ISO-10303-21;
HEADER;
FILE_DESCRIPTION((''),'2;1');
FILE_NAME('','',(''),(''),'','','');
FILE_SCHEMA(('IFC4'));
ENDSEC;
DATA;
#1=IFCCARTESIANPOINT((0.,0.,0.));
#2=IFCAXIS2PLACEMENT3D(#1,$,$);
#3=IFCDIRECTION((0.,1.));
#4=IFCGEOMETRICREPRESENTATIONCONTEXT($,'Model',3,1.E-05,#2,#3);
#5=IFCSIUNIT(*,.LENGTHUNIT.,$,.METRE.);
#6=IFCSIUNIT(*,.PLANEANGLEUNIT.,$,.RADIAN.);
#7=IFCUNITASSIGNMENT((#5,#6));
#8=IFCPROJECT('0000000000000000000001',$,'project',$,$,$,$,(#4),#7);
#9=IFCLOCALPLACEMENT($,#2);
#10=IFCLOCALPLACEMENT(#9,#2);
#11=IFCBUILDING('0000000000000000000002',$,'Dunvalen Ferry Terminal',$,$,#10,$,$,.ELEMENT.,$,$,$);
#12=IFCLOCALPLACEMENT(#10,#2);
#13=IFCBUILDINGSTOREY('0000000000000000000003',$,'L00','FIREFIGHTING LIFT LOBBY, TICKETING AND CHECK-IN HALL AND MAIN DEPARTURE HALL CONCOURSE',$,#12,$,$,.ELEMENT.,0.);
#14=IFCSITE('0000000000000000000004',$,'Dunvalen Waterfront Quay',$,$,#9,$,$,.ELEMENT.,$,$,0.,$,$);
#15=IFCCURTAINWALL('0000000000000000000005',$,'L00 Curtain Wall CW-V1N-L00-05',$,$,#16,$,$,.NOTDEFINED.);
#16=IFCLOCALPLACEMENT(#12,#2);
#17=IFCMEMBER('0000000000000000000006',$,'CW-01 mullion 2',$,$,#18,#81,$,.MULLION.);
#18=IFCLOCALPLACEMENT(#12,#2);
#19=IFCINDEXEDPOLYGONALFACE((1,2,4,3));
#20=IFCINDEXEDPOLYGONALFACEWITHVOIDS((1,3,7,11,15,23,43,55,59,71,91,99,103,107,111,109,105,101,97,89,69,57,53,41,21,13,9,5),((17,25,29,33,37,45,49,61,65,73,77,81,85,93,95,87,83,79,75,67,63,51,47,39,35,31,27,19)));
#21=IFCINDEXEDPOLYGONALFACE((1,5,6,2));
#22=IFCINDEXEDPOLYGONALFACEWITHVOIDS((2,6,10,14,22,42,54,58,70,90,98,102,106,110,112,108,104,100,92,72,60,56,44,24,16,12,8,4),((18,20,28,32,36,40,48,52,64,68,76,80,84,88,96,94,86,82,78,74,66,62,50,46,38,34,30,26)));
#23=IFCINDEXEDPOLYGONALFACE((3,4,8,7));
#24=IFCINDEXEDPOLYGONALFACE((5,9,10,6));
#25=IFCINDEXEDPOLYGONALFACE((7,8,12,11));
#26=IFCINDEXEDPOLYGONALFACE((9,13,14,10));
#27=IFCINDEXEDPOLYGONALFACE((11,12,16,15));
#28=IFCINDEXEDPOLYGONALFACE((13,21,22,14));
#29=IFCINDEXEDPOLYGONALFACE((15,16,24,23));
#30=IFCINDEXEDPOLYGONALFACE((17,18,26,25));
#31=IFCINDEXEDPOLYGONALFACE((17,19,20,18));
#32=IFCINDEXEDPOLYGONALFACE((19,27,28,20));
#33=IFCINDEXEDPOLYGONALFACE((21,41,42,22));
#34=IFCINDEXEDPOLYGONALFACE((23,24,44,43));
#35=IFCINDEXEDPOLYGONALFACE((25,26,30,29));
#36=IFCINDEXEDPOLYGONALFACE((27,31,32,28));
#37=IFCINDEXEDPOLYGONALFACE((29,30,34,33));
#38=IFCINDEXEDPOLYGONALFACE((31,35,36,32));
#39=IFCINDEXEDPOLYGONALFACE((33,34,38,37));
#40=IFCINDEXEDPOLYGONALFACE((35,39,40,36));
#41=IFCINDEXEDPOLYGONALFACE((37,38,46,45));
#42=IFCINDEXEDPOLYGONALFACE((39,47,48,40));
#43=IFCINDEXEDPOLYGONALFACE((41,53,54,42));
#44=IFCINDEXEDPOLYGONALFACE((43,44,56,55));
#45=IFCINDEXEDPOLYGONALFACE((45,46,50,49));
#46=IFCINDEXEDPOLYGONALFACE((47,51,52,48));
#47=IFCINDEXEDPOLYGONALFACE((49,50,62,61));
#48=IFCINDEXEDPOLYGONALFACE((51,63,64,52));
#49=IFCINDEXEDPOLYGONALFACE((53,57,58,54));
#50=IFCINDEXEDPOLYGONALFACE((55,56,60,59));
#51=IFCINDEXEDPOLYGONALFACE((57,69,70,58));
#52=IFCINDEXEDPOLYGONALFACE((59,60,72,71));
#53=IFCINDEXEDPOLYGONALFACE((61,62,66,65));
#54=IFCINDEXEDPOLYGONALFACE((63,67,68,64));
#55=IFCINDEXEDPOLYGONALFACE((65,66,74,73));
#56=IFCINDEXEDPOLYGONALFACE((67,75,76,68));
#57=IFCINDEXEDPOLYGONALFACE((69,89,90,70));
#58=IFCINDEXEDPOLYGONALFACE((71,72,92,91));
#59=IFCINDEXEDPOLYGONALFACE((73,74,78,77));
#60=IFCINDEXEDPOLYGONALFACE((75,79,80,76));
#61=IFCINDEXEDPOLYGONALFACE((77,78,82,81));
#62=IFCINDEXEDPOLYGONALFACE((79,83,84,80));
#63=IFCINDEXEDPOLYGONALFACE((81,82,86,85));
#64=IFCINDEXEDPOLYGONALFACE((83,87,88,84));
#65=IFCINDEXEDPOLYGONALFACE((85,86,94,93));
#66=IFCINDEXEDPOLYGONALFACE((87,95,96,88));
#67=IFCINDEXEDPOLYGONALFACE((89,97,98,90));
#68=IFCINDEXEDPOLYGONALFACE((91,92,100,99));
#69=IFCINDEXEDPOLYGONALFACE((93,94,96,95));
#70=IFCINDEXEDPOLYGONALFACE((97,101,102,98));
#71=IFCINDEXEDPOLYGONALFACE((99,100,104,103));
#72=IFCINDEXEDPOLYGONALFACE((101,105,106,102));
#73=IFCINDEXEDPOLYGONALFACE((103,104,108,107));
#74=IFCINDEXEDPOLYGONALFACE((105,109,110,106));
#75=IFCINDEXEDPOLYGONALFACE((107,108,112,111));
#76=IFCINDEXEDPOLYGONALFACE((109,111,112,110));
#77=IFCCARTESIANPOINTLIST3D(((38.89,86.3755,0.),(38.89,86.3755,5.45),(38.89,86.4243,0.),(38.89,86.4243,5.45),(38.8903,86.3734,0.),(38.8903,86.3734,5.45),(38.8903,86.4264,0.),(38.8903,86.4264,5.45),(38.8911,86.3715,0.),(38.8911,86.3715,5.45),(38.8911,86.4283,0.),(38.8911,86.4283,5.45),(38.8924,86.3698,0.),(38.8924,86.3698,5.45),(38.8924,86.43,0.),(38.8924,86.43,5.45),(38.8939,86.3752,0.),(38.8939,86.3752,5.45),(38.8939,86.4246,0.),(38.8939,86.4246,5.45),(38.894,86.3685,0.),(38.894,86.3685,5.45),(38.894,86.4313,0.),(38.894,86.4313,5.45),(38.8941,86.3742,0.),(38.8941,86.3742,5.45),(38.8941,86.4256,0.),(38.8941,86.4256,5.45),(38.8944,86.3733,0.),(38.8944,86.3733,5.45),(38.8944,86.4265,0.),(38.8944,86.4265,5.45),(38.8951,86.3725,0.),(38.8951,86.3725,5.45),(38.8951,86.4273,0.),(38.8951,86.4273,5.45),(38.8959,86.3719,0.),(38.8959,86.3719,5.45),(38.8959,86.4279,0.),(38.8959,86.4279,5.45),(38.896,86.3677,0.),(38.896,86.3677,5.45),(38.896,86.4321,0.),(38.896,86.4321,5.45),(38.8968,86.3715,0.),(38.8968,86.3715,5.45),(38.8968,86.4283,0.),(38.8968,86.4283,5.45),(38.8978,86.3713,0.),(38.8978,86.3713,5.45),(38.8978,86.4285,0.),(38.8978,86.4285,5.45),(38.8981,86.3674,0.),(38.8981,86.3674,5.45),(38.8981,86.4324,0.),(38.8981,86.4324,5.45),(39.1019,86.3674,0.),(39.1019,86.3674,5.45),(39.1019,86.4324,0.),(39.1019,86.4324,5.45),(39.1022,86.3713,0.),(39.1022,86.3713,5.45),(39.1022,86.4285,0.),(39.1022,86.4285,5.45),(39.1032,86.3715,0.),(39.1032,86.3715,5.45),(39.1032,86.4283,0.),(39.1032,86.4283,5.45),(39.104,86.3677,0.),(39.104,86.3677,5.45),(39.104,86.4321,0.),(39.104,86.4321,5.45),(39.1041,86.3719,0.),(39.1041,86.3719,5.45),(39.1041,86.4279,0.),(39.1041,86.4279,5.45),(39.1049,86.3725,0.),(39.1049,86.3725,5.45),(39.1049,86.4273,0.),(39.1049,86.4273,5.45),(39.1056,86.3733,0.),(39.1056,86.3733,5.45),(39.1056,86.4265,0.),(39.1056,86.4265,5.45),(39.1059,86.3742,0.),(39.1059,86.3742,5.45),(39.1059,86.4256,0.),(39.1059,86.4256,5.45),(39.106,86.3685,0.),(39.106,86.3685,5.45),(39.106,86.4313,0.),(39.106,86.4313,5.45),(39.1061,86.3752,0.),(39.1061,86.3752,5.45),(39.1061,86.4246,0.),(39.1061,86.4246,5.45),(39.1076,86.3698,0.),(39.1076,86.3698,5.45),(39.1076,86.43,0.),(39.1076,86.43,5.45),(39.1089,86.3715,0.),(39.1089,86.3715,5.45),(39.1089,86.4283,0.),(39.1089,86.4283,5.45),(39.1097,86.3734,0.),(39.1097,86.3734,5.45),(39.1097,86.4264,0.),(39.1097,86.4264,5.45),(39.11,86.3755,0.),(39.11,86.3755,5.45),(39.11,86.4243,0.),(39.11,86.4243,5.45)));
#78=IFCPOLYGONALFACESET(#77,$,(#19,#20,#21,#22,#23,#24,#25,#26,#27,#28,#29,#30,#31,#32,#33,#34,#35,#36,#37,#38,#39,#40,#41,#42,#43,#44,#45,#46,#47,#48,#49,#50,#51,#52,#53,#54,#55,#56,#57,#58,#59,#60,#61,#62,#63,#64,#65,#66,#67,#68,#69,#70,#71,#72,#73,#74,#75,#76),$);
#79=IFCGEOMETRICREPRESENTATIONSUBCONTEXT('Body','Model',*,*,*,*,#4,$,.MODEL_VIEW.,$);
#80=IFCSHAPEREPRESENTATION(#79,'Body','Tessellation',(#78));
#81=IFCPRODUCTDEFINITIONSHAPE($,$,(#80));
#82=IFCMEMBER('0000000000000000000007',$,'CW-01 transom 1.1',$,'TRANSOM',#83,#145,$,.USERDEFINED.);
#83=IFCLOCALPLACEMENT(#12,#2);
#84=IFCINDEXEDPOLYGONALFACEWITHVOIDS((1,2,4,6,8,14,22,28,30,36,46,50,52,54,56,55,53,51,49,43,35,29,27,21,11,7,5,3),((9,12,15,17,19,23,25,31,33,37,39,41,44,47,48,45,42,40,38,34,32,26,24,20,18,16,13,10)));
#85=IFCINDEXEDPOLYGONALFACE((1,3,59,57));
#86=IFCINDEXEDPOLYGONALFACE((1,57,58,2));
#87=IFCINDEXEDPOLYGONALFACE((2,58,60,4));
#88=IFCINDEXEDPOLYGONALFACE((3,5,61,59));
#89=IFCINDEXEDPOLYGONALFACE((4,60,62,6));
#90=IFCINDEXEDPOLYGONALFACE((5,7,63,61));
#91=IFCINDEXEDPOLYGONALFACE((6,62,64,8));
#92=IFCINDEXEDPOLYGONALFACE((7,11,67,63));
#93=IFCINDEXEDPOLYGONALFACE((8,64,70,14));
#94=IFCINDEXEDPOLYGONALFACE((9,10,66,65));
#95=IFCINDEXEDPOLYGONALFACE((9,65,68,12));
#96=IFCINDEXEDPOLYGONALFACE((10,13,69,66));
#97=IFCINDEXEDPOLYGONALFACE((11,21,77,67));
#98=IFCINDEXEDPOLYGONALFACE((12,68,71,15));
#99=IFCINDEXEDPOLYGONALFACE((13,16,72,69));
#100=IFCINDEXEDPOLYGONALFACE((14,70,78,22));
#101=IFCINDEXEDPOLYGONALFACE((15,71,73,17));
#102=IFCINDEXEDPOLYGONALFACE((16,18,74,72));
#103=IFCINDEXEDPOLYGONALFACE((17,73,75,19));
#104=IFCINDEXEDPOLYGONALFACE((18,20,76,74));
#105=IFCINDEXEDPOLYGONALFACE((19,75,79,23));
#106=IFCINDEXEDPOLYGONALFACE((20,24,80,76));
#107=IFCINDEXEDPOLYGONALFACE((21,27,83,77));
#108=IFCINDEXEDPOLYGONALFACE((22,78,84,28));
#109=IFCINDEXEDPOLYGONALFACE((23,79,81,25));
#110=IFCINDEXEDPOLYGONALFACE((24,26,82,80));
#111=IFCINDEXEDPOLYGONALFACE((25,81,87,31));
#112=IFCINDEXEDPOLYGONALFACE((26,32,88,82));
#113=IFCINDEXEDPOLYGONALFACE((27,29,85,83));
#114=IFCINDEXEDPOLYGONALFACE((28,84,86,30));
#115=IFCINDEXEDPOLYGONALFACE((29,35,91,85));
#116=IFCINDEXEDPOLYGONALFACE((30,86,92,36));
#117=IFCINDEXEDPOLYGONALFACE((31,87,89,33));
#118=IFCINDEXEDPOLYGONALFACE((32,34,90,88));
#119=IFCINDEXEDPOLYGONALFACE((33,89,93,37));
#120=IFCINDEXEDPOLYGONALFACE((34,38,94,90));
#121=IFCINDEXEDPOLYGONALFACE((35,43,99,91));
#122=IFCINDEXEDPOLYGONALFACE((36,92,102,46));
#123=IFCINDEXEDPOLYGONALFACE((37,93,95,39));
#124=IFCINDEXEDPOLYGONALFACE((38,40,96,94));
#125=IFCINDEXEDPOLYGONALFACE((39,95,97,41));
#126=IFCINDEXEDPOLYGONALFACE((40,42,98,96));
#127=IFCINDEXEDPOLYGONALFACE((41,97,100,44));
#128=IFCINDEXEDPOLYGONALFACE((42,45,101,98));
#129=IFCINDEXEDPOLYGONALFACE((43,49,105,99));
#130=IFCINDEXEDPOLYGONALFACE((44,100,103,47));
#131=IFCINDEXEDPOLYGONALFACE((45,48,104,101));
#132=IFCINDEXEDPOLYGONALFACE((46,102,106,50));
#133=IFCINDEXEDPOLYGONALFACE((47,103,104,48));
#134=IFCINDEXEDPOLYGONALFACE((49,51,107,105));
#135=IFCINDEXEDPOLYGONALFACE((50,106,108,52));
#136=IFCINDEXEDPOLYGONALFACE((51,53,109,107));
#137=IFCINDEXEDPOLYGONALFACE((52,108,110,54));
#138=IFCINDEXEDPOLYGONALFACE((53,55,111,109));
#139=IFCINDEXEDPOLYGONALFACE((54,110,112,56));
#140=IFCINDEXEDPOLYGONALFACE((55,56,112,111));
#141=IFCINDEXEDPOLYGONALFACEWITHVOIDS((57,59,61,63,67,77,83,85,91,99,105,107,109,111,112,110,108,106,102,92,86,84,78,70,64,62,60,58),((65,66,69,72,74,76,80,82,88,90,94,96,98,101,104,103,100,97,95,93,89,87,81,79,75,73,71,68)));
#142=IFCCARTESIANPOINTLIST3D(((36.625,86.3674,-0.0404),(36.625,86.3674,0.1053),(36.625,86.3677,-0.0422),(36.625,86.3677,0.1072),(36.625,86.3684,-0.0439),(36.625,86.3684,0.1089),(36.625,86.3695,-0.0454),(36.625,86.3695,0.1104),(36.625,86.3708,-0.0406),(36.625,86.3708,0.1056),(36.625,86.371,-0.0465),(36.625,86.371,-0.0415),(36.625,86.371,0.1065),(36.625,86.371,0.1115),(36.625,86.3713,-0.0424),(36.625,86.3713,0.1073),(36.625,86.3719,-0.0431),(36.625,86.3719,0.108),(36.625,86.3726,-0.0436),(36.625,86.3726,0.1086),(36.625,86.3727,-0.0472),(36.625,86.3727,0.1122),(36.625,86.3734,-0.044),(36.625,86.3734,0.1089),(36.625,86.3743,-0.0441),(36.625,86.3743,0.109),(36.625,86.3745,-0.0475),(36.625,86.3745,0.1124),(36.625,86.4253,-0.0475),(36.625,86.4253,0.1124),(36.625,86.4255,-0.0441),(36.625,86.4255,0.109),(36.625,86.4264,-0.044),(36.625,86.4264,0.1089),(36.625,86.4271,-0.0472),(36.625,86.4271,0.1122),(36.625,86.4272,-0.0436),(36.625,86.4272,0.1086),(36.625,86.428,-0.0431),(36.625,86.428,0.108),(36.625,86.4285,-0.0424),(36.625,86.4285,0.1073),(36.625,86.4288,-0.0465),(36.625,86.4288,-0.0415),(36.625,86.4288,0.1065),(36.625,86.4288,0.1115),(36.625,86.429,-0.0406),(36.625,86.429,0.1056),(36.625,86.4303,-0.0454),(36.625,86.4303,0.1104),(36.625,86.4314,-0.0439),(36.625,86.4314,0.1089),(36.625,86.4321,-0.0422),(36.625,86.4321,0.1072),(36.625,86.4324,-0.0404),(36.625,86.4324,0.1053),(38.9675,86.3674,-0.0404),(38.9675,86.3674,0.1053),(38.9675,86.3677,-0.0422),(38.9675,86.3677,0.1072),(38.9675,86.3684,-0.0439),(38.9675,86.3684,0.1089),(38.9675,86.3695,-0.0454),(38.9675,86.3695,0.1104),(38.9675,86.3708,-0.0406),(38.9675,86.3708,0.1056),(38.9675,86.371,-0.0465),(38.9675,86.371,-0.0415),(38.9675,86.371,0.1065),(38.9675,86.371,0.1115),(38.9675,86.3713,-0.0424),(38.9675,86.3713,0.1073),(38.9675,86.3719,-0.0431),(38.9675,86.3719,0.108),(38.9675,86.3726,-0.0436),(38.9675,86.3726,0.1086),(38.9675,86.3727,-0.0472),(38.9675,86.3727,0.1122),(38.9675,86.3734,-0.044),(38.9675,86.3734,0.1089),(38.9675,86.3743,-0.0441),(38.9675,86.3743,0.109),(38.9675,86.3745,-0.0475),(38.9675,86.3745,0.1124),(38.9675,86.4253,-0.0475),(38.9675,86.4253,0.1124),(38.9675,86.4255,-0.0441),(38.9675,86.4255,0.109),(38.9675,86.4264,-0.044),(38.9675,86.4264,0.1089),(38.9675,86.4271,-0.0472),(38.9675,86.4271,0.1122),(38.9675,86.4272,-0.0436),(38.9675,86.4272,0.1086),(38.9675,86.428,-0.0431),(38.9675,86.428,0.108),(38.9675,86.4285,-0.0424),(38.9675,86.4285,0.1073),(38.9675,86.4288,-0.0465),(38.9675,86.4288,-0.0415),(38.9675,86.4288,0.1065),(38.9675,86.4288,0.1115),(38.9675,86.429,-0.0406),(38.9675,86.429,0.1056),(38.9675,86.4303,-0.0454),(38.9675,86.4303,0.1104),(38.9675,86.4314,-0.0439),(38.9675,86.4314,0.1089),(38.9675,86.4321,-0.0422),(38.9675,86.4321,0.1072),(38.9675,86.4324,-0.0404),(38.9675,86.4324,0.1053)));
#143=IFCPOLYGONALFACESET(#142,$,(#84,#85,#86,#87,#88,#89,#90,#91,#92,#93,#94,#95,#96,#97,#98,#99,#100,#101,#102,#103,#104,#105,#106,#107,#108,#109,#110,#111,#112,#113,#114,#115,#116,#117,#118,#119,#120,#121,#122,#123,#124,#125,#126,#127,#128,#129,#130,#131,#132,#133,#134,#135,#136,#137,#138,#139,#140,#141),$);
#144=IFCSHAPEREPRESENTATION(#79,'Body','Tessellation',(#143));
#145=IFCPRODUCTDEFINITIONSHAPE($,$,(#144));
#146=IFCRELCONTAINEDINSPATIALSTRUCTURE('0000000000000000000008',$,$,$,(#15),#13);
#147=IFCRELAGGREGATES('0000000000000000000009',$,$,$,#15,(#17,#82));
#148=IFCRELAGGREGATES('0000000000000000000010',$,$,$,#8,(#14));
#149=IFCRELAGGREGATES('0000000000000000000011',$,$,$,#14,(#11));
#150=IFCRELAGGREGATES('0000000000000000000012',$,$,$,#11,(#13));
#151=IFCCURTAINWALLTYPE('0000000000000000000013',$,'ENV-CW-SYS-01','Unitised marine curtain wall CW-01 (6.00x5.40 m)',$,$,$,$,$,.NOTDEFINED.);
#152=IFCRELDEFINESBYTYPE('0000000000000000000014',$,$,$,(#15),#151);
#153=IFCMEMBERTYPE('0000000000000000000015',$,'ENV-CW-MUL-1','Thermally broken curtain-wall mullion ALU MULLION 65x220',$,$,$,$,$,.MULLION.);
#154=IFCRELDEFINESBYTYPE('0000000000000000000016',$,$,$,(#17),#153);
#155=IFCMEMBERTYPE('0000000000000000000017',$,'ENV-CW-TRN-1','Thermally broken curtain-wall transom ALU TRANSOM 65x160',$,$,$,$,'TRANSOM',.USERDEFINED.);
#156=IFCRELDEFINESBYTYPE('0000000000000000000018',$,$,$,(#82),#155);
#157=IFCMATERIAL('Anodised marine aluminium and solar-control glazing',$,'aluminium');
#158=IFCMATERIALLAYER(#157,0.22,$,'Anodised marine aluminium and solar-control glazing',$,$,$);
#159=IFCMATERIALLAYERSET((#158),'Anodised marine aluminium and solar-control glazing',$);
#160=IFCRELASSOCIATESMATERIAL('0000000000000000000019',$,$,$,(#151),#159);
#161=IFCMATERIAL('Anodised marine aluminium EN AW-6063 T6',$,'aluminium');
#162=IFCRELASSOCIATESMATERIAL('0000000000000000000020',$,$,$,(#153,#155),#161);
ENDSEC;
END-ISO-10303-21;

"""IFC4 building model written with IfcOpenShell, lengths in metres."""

from ifc_helpers import new_model, si_unit, direction, frame, origin, origin_2d, place, context, subcontext, project, spatial, hollow_rectangle, extrude, material, layer, layer_set, material_profile, profile_set, type_object, element, aggregate, save


model = new_model("IFC4")

# Units and contexts
model_context = context("Model", 3, precision=1e-05, world=origin(), true_north=direction((0.0, 1.0)))
body_context = subcontext(model_context, "Body", "Model", "MODEL_VIEW")
ifc_project = project(units=[si_unit("LENGTHUNIT", "METRE"), si_unit("PLANEANGLEUNIT", "RADIAN")], contexts=[model_context])

# Site, building, storey
site_placement = place(None, origin())
site = spatial("IfcSite", under=ifc_project, at=site_placement, Name="Dunvalen Waterfront Quay", CompositionType="ELEMENT", RefElevation=0.0)
building_placement = place(site_placement, origin())
building = spatial("IfcBuilding", under=site, at=building_placement, Name="Dunvalen Ferry Terminal", CompositionType="ELEMENT")
storey_placement = place(building_placement, origin())
storey = spatial("IfcBuildingStorey", under=building, at=storey_placement, Name="L00", Description="FIREFIGHTING LIFT LOBBY, TICKETING AND CHECK-IN HALL AND MAIN DEPARTURE HALL CONCOURSE", CompositionType="ELEMENT", Elevation=0.0)

# Shared definitions
ifc_material_1 = material(Name="Anodised marine aluminium and solar-control glazing", Category="aluminium")
ifc_layer_1 = layer(ifc_material_1, 0.22, Name="Anodised marine aluminium and solar-control glazing")
ifc_layer_set_1 = layer_set([ifc_layer_1], Name="Anodised marine aluminium and solar-control glazing")
curtain_wall_type = type_object("IfcCurtainWallType", Name="ENV-CW-SYS-01", Description="Unitised marine curtain wall CW-01 (6.00x5.40 m)", PredefinedType="NOTDEFINED", material=ifc_layer_set_1)
ifc_material_2 = material(Name="Anodised marine aluminium EN AW-6063 T6", Category="aluminium")
ifc_material_profile_1 = material_profile(ifc_material_2, hollow_rectangle(XDim=0.0649, YDim=0.22, WallThickness=0.0039, InnerFilletRadius=0.0039, OuterFilletRadius=0.0081, at=origin_2d()), Name="Anodised marine aluminium EN AW-6063 T6")
ifc_profile_set_1 = profile_set([ifc_material_profile_1], Name="Anodised marine aluminium EN AW-6063 T6")
member_type_1 = type_object("IfcMemberType", Name="ENV-CW-MUL-1", Description="Thermally broken curtain-wall mullion ALU MULLION 65x220", PredefinedType="MULLION", material=ifc_profile_set_1)

# Curtain wall, members
curtain_wall_1_placement = place(storey_placement, origin())
curtain_wall_1 = element("IfcCurtainWall", 1, at=curtain_wall_1_placement, inside=storey, type_object=curtain_wall_type, Name="L00 Curtain Wall CW-V1N-L00-05", PredefinedType="NOTDEFINED")
member_1_placement = place(storey_placement, frame((39.0, 86.3999, 0.0), z_axis=(0.0, 0.0, 1.0), x_axis=(0.0, 1.0, 0.0)))
member_1 = element("IfcMember", 2, at=member_1_placement, type_object=member_type_1, Name="CW-01 mullion 2", PredefinedType="MULLION", context=body_context, shape_type="SweptSolid", body=[
    extrude(hollow_rectangle(XDim=0.0649, YDim=0.22, WallThickness=0.0039, InnerFilletRadius=0.0039, OuterFilletRadius=0.0081, at=origin_2d()), origin(), (0.0, 0.0, 1.0), 5.45),
])
ifc_material_profile_2 = material_profile(ifc_material_2, hollow_rectangle(XDim=0.0649, YDim=0.1599, WallThickness=0.0034, InnerFilletRadius=0.0034, OuterFilletRadius=0.0071, at=origin_2d()), Name="Anodised marine aluminium EN AW-6063 T6")
ifc_profile_set_2 = profile_set([ifc_material_profile_2], Name="Anodised marine aluminium EN AW-6063 T6")
member_type_2 = type_object("IfcMemberType", Name="ENV-CW-TRN-1", Description="Thermally broken curtain-wall transom ALU TRANSOM 65x160", ElementType="TRANSOM", PredefinedType="USERDEFINED", material=ifc_profile_set_2)
member_2_placement = place(storey_placement, frame((36.625, 86.3999, 0.0325), z_axis=(1.0, 0.0, 0.0), x_axis=(0.0, 1.0, 0.0)))
member_2 = element("IfcMember", 3, at=member_2_placement, type_object=member_type_2, Name="CW-01 transom 1.1", ObjectType="TRANSOM", PredefinedType="USERDEFINED", context=body_context, shape_type="SweptSolid", body=[
    extrude(hollow_rectangle(XDim=0.0649, YDim=0.1599, WallThickness=0.0034, InnerFilletRadius=0.0034, OuterFilletRadius=0.0071, at=origin_2d()), origin(), (0.0, 0.0, 1.0), 2.3425),
])

aggregate(curtain_wall_1, [member_1, member_2])

save(model, "model.ifc")
